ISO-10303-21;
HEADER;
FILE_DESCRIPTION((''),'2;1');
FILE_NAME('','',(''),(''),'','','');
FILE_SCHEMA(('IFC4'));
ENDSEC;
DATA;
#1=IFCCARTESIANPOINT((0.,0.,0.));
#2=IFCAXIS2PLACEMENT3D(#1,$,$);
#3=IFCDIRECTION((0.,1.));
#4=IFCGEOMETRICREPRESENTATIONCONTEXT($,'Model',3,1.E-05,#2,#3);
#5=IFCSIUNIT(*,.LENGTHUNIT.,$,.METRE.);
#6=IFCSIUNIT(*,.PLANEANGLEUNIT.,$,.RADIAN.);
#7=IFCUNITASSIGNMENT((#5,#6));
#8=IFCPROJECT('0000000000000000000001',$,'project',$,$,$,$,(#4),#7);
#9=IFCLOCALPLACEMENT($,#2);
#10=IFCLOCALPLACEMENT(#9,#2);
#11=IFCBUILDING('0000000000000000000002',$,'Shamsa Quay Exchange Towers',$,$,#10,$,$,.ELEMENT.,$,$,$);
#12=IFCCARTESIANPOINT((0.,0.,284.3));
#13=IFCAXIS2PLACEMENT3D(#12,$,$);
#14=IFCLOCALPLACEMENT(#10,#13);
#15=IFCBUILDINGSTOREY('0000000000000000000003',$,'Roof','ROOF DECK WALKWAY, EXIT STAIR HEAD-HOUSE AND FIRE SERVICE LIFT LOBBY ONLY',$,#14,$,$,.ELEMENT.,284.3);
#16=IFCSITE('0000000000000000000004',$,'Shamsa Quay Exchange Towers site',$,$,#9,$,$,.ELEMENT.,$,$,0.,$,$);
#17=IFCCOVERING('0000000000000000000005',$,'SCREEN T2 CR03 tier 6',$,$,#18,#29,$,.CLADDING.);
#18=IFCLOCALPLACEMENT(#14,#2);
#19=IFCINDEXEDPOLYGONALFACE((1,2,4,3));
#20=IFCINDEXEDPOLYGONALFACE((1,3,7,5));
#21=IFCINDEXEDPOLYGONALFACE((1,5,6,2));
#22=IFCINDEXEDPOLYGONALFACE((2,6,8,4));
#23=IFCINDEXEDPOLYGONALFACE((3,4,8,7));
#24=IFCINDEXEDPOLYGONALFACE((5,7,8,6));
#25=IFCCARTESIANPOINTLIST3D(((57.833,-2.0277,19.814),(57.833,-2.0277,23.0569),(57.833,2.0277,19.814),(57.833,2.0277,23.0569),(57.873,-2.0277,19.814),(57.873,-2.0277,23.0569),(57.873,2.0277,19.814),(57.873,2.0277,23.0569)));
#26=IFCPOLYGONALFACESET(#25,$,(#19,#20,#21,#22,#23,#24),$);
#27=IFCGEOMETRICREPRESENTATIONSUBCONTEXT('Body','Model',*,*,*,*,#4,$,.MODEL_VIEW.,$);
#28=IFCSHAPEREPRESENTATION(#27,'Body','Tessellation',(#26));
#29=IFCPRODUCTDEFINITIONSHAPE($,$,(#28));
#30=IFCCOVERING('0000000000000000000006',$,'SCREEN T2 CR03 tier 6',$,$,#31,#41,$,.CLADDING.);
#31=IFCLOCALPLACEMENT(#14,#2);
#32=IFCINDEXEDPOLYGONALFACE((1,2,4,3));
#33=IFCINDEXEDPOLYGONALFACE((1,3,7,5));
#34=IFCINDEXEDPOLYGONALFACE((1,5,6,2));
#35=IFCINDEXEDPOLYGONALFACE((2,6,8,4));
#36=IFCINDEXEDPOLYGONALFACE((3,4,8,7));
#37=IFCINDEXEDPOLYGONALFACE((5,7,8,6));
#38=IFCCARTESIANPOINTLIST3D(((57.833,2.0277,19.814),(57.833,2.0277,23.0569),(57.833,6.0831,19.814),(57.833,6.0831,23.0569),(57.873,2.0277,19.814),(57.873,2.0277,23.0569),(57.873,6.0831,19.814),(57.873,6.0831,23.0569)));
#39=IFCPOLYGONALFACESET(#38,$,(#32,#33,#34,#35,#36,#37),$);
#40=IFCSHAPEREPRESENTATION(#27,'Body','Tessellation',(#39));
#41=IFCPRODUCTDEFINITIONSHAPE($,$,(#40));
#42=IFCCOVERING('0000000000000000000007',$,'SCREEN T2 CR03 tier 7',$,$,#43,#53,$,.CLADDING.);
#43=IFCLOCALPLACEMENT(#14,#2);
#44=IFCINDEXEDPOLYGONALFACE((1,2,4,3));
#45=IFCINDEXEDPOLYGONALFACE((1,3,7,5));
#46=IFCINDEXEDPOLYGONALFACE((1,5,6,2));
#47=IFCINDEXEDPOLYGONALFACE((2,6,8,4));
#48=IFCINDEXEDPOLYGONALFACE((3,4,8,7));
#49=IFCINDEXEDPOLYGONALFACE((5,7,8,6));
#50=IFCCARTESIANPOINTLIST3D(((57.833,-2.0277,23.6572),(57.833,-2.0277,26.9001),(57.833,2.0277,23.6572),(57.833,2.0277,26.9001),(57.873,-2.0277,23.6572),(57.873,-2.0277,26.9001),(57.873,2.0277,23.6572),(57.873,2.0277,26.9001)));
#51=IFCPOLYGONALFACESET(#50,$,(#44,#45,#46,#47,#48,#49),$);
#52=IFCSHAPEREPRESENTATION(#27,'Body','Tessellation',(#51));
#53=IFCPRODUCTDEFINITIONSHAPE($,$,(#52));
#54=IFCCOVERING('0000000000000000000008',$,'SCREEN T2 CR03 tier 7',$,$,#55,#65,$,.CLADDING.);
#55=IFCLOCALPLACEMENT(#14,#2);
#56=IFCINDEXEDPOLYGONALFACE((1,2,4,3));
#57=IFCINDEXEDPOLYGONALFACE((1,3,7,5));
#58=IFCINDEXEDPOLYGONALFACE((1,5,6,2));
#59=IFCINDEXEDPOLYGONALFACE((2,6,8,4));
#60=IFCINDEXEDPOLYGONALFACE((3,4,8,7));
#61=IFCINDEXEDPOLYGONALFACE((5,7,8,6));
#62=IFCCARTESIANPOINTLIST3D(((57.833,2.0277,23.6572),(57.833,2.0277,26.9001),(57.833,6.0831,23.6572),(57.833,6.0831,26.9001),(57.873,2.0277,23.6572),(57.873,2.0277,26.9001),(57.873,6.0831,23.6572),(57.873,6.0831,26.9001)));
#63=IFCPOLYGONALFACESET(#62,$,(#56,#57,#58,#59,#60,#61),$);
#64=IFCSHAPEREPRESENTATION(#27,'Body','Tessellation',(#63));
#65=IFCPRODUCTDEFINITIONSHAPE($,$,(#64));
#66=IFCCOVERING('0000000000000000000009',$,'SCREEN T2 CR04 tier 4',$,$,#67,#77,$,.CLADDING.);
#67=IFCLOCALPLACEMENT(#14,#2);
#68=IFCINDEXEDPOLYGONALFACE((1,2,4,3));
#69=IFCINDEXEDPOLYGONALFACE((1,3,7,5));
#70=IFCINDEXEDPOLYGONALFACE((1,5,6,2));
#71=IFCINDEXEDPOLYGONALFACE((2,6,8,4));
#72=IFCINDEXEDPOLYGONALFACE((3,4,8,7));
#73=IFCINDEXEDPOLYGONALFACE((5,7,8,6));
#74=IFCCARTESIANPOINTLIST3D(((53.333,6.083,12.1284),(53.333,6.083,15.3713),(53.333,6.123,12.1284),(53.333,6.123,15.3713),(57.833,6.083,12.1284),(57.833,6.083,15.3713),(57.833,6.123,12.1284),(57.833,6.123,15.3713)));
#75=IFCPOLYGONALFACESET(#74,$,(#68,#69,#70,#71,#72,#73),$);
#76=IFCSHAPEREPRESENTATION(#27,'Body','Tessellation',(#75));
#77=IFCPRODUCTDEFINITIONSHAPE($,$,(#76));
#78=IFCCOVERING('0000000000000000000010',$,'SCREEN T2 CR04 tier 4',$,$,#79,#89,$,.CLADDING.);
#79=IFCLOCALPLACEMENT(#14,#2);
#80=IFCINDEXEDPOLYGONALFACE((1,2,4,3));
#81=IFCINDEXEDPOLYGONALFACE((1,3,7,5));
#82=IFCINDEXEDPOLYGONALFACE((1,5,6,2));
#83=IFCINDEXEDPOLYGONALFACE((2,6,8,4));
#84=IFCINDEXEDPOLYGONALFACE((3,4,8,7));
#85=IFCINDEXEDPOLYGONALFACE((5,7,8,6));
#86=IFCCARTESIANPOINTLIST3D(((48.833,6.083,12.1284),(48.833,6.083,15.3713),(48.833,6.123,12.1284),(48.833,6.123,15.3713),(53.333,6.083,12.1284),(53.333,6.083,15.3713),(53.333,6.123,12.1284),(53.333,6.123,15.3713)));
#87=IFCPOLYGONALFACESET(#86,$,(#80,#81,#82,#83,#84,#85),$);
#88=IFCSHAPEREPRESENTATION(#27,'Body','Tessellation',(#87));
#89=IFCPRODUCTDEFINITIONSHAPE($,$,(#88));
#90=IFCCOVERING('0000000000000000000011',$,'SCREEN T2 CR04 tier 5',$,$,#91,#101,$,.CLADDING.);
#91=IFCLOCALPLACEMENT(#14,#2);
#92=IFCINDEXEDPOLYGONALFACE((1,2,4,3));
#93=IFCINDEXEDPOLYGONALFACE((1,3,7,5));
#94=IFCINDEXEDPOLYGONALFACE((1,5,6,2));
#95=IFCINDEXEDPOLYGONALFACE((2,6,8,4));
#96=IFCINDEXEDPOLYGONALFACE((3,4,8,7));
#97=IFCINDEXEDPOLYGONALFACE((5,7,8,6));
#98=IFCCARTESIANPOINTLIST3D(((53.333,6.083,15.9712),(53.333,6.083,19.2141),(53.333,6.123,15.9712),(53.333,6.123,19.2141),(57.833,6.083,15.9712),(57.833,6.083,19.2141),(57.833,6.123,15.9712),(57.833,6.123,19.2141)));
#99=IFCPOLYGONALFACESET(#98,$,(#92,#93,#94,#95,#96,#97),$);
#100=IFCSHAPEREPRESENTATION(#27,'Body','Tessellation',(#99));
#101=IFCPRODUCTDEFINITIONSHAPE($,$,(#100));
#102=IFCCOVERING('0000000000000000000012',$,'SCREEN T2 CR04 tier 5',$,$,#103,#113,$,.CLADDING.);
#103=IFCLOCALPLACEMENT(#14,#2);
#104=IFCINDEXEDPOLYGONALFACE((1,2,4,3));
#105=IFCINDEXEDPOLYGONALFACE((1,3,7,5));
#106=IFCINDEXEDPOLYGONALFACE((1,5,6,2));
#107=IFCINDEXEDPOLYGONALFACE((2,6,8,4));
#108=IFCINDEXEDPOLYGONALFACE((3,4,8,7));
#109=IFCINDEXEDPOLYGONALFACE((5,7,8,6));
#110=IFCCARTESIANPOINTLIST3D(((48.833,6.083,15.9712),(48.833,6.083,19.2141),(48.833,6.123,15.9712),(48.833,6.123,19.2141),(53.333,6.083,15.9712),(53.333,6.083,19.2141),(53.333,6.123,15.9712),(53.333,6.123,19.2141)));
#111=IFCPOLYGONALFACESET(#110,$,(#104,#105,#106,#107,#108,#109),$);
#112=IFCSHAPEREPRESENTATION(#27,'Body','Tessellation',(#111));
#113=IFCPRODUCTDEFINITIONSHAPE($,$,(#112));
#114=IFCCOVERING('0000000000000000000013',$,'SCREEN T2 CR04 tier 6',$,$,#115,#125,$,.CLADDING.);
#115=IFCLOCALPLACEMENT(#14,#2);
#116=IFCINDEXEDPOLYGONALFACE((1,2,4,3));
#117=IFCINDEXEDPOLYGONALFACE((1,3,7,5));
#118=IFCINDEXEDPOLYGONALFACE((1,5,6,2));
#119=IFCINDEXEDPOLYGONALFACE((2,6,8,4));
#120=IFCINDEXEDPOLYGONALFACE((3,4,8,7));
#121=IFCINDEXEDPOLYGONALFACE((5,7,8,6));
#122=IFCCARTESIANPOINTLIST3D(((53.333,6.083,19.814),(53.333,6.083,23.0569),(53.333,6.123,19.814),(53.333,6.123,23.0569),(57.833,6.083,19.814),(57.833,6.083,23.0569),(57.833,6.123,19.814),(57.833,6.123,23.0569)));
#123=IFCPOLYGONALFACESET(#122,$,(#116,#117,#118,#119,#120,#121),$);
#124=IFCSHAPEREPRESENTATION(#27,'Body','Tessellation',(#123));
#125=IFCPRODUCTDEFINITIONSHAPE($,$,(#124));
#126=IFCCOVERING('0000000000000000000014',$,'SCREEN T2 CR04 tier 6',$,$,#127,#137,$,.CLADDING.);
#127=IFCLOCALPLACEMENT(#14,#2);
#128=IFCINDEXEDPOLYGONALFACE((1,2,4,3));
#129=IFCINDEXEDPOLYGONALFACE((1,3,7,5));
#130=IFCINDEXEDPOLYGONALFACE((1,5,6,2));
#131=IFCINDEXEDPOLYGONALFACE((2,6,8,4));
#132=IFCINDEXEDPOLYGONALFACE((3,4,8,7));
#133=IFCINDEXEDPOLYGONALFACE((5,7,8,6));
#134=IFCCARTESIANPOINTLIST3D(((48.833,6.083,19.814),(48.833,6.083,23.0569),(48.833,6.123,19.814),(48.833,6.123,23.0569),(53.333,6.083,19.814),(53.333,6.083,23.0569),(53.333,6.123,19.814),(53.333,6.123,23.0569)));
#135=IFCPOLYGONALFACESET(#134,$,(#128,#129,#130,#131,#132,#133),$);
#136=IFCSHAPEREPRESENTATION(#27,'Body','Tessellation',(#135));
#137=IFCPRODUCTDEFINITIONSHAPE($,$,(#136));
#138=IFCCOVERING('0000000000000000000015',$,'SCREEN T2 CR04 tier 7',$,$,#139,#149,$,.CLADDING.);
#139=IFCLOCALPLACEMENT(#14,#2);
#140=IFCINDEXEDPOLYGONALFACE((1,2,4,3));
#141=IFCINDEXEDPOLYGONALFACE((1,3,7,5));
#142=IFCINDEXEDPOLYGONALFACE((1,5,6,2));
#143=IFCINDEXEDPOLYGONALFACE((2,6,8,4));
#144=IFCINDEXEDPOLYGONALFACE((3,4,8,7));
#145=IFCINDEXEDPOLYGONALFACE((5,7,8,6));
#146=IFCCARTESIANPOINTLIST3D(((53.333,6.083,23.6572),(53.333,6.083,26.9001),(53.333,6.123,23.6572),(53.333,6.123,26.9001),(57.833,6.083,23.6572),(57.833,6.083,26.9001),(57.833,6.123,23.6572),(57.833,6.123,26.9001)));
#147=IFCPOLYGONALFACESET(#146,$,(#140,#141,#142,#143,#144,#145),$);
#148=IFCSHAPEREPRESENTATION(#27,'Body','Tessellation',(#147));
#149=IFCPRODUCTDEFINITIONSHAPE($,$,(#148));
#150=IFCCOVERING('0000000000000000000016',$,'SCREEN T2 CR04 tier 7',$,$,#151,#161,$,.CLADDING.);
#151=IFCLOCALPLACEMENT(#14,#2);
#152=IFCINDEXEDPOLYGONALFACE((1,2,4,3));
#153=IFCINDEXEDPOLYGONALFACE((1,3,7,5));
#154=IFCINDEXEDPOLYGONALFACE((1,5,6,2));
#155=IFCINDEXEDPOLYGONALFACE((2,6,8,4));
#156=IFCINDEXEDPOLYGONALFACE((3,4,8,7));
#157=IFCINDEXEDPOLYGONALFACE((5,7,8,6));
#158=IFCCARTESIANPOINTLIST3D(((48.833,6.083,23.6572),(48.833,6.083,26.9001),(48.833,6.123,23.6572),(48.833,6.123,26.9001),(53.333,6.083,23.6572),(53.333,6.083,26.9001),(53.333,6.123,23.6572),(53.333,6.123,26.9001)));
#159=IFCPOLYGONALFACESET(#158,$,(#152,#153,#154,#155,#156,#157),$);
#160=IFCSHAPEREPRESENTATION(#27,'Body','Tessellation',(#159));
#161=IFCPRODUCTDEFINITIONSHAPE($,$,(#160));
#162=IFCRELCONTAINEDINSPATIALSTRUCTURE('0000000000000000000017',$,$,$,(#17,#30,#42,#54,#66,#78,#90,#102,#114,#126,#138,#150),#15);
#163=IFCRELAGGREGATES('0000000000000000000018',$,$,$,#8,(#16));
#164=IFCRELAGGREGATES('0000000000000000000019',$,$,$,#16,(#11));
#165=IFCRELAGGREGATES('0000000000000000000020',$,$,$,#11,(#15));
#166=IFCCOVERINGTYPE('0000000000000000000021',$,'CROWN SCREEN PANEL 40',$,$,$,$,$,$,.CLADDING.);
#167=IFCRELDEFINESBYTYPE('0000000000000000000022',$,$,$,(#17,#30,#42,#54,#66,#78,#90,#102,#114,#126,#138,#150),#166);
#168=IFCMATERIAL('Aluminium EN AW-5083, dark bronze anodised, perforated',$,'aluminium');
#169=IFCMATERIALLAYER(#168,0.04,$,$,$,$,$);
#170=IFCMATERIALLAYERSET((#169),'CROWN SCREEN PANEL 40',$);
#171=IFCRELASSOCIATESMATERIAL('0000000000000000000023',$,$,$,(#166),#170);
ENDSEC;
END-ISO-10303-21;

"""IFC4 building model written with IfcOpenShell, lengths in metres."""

from ifc_helpers import new_model, si_unit, direction, frame, origin, origin_2d, place, context, subcontext, project, spatial, rectangle, extrude, material, layer, layer_set, type_object, element, save


model = new_model("IFC4")

# Units and contexts
model_context = context("Model", 3, precision=1e-05, world=origin(), true_north=direction((0.0, 1.0)))
body_context = subcontext(model_context, "Body", "Model", "MODEL_VIEW")
ifc_project = project(units=[si_unit("LENGTHUNIT", "METRE"), si_unit("PLANEANGLEUNIT", "RADIAN")], contexts=[model_context])

# Site, building, storey
site_placement = place(None, origin())
site = spatial("IfcSite", under=ifc_project, at=site_placement, Name="Shamsa Quay Exchange Towers site", CompositionType="ELEMENT", RefElevation=0.0)
building_placement = place(site_placement, origin())
building = spatial("IfcBuilding", under=site, at=building_placement, Name="Shamsa Quay Exchange Towers", CompositionType="ELEMENT")
storey_placement = place(building_placement, frame((0.0, 0.0, 284.3)))
storey = spatial("IfcBuildingStorey", under=building, at=storey_placement, Name="Roof", Description="ROOF DECK WALKWAY, EXIT STAIR HEAD-HOUSE AND FIRE SERVICE LIFT LOBBY ONLY", CompositionType="ELEMENT", Elevation=284.3)

# Coverings
ifc_material_1 = material(Name="Aluminium EN AW-5083, dark bronze anodised, perforated", Category="aluminium")
ifc_layer = layer(ifc_material_1, 0.04)
ifc_layer_set = layer_set([ifc_layer], Name="CROWN SCREEN PANEL 40")
covering_type = type_object("IfcCoveringType", Name="CROWN SCREEN PANEL 40", PredefinedType="CLADDING", material=ifc_layer_set)
for number, where, z_axis, x_axis, name in (
    (1, (57.853, 0.0, 19.814), (0.0, 0.0, 1.0), (0.0, 1.0, 0.0), "SCREEN T2 CR03 tier 6"),
    (2, (57.853, 4.0554, 19.814), (0.0, 0.0, 1.0), (0.0, 1.0, 0.0), "SCREEN T2 CR03 tier 6"),
    (3, (57.853, 0.0, 23.6572), (0.0, 0.0, 1.0), (0.0, 1.0, 0.0), "SCREEN T2 CR03 tier 7"),
    (4, (57.853, 4.0554, 23.6572), (0.0, 0.0, 1.0), (0.0, 1.0, 0.0), "SCREEN T2 CR03 tier 7"),
):
    element("IfcCovering", number, at=place(storey_placement, frame(where, z_axis=z_axis, x_axis=x_axis)), inside=storey, type_object=covering_type, Name=name, PredefinedType="CLADDING", context=body_context, shape_type="SweptSolid", body=[
        extrude(rectangle(XDim=4.0554, YDim=0.04, at=origin_2d()), origin(), (0.0, 0.0, 1.0), 3.2429),
    ])
for number, where, z_axis, x_axis, name in (
    (5, (55.583, 6.103, 12.1284), (0.0, 0.0, 1.0), (-1.0, 0.0, 0.0), "SCREEN T2 CR04 tier 4"),
    (6, (51.083, 6.103, 12.1284), (0.0, 0.0, 1.0), (-1.0, 0.0, 0.0), "SCREEN T2 CR04 tier 4"),
    (7, (55.583, 6.103, 15.9712), (0.0, 0.0, 1.0), (-1.0, 0.0, 0.0), "SCREEN T2 CR04 tier 5"),
    (8, (51.083, 6.103, 15.9712), (0.0, 0.0, 1.0), (-1.0, 0.0, 0.0), "SCREEN T2 CR04 tier 5"),
    (9, (55.583, 6.103, 19.814), (0.0, 0.0, 1.0), (-1.0, 0.0, 0.0), "SCREEN T2 CR04 tier 6"),
    (10, (51.083, 6.103, 19.814), (0.0, 0.0, 1.0), (-1.0, 0.0, 0.0), "SCREEN T2 CR04 tier 6"),
    (11, (55.583, 6.103, 23.6572), (0.0, 0.0, 1.0), (-1.0, 0.0, 0.0), "SCREEN T2 CR04 tier 7"),
    (12, (51.083, 6.103, 23.6572), (0.0, 0.0, 1.0), (-1.0, 0.0, 0.0), "SCREEN T2 CR04 tier 7"),
):
    element("IfcCovering", number, at=place(storey_placement, frame(where, z_axis=z_axis, x_axis=x_axis)), inside=storey, type_object=covering_type, Name=name, PredefinedType="CLADDING", context=body_context, shape_type="SweptSolid", body=[
        extrude(rectangle(XDim=4.5, YDim=0.04, at=origin_2d()), origin(), (0.0, 0.0, 1.0), 3.2429),
    ])

save(model, "model.ifc")
